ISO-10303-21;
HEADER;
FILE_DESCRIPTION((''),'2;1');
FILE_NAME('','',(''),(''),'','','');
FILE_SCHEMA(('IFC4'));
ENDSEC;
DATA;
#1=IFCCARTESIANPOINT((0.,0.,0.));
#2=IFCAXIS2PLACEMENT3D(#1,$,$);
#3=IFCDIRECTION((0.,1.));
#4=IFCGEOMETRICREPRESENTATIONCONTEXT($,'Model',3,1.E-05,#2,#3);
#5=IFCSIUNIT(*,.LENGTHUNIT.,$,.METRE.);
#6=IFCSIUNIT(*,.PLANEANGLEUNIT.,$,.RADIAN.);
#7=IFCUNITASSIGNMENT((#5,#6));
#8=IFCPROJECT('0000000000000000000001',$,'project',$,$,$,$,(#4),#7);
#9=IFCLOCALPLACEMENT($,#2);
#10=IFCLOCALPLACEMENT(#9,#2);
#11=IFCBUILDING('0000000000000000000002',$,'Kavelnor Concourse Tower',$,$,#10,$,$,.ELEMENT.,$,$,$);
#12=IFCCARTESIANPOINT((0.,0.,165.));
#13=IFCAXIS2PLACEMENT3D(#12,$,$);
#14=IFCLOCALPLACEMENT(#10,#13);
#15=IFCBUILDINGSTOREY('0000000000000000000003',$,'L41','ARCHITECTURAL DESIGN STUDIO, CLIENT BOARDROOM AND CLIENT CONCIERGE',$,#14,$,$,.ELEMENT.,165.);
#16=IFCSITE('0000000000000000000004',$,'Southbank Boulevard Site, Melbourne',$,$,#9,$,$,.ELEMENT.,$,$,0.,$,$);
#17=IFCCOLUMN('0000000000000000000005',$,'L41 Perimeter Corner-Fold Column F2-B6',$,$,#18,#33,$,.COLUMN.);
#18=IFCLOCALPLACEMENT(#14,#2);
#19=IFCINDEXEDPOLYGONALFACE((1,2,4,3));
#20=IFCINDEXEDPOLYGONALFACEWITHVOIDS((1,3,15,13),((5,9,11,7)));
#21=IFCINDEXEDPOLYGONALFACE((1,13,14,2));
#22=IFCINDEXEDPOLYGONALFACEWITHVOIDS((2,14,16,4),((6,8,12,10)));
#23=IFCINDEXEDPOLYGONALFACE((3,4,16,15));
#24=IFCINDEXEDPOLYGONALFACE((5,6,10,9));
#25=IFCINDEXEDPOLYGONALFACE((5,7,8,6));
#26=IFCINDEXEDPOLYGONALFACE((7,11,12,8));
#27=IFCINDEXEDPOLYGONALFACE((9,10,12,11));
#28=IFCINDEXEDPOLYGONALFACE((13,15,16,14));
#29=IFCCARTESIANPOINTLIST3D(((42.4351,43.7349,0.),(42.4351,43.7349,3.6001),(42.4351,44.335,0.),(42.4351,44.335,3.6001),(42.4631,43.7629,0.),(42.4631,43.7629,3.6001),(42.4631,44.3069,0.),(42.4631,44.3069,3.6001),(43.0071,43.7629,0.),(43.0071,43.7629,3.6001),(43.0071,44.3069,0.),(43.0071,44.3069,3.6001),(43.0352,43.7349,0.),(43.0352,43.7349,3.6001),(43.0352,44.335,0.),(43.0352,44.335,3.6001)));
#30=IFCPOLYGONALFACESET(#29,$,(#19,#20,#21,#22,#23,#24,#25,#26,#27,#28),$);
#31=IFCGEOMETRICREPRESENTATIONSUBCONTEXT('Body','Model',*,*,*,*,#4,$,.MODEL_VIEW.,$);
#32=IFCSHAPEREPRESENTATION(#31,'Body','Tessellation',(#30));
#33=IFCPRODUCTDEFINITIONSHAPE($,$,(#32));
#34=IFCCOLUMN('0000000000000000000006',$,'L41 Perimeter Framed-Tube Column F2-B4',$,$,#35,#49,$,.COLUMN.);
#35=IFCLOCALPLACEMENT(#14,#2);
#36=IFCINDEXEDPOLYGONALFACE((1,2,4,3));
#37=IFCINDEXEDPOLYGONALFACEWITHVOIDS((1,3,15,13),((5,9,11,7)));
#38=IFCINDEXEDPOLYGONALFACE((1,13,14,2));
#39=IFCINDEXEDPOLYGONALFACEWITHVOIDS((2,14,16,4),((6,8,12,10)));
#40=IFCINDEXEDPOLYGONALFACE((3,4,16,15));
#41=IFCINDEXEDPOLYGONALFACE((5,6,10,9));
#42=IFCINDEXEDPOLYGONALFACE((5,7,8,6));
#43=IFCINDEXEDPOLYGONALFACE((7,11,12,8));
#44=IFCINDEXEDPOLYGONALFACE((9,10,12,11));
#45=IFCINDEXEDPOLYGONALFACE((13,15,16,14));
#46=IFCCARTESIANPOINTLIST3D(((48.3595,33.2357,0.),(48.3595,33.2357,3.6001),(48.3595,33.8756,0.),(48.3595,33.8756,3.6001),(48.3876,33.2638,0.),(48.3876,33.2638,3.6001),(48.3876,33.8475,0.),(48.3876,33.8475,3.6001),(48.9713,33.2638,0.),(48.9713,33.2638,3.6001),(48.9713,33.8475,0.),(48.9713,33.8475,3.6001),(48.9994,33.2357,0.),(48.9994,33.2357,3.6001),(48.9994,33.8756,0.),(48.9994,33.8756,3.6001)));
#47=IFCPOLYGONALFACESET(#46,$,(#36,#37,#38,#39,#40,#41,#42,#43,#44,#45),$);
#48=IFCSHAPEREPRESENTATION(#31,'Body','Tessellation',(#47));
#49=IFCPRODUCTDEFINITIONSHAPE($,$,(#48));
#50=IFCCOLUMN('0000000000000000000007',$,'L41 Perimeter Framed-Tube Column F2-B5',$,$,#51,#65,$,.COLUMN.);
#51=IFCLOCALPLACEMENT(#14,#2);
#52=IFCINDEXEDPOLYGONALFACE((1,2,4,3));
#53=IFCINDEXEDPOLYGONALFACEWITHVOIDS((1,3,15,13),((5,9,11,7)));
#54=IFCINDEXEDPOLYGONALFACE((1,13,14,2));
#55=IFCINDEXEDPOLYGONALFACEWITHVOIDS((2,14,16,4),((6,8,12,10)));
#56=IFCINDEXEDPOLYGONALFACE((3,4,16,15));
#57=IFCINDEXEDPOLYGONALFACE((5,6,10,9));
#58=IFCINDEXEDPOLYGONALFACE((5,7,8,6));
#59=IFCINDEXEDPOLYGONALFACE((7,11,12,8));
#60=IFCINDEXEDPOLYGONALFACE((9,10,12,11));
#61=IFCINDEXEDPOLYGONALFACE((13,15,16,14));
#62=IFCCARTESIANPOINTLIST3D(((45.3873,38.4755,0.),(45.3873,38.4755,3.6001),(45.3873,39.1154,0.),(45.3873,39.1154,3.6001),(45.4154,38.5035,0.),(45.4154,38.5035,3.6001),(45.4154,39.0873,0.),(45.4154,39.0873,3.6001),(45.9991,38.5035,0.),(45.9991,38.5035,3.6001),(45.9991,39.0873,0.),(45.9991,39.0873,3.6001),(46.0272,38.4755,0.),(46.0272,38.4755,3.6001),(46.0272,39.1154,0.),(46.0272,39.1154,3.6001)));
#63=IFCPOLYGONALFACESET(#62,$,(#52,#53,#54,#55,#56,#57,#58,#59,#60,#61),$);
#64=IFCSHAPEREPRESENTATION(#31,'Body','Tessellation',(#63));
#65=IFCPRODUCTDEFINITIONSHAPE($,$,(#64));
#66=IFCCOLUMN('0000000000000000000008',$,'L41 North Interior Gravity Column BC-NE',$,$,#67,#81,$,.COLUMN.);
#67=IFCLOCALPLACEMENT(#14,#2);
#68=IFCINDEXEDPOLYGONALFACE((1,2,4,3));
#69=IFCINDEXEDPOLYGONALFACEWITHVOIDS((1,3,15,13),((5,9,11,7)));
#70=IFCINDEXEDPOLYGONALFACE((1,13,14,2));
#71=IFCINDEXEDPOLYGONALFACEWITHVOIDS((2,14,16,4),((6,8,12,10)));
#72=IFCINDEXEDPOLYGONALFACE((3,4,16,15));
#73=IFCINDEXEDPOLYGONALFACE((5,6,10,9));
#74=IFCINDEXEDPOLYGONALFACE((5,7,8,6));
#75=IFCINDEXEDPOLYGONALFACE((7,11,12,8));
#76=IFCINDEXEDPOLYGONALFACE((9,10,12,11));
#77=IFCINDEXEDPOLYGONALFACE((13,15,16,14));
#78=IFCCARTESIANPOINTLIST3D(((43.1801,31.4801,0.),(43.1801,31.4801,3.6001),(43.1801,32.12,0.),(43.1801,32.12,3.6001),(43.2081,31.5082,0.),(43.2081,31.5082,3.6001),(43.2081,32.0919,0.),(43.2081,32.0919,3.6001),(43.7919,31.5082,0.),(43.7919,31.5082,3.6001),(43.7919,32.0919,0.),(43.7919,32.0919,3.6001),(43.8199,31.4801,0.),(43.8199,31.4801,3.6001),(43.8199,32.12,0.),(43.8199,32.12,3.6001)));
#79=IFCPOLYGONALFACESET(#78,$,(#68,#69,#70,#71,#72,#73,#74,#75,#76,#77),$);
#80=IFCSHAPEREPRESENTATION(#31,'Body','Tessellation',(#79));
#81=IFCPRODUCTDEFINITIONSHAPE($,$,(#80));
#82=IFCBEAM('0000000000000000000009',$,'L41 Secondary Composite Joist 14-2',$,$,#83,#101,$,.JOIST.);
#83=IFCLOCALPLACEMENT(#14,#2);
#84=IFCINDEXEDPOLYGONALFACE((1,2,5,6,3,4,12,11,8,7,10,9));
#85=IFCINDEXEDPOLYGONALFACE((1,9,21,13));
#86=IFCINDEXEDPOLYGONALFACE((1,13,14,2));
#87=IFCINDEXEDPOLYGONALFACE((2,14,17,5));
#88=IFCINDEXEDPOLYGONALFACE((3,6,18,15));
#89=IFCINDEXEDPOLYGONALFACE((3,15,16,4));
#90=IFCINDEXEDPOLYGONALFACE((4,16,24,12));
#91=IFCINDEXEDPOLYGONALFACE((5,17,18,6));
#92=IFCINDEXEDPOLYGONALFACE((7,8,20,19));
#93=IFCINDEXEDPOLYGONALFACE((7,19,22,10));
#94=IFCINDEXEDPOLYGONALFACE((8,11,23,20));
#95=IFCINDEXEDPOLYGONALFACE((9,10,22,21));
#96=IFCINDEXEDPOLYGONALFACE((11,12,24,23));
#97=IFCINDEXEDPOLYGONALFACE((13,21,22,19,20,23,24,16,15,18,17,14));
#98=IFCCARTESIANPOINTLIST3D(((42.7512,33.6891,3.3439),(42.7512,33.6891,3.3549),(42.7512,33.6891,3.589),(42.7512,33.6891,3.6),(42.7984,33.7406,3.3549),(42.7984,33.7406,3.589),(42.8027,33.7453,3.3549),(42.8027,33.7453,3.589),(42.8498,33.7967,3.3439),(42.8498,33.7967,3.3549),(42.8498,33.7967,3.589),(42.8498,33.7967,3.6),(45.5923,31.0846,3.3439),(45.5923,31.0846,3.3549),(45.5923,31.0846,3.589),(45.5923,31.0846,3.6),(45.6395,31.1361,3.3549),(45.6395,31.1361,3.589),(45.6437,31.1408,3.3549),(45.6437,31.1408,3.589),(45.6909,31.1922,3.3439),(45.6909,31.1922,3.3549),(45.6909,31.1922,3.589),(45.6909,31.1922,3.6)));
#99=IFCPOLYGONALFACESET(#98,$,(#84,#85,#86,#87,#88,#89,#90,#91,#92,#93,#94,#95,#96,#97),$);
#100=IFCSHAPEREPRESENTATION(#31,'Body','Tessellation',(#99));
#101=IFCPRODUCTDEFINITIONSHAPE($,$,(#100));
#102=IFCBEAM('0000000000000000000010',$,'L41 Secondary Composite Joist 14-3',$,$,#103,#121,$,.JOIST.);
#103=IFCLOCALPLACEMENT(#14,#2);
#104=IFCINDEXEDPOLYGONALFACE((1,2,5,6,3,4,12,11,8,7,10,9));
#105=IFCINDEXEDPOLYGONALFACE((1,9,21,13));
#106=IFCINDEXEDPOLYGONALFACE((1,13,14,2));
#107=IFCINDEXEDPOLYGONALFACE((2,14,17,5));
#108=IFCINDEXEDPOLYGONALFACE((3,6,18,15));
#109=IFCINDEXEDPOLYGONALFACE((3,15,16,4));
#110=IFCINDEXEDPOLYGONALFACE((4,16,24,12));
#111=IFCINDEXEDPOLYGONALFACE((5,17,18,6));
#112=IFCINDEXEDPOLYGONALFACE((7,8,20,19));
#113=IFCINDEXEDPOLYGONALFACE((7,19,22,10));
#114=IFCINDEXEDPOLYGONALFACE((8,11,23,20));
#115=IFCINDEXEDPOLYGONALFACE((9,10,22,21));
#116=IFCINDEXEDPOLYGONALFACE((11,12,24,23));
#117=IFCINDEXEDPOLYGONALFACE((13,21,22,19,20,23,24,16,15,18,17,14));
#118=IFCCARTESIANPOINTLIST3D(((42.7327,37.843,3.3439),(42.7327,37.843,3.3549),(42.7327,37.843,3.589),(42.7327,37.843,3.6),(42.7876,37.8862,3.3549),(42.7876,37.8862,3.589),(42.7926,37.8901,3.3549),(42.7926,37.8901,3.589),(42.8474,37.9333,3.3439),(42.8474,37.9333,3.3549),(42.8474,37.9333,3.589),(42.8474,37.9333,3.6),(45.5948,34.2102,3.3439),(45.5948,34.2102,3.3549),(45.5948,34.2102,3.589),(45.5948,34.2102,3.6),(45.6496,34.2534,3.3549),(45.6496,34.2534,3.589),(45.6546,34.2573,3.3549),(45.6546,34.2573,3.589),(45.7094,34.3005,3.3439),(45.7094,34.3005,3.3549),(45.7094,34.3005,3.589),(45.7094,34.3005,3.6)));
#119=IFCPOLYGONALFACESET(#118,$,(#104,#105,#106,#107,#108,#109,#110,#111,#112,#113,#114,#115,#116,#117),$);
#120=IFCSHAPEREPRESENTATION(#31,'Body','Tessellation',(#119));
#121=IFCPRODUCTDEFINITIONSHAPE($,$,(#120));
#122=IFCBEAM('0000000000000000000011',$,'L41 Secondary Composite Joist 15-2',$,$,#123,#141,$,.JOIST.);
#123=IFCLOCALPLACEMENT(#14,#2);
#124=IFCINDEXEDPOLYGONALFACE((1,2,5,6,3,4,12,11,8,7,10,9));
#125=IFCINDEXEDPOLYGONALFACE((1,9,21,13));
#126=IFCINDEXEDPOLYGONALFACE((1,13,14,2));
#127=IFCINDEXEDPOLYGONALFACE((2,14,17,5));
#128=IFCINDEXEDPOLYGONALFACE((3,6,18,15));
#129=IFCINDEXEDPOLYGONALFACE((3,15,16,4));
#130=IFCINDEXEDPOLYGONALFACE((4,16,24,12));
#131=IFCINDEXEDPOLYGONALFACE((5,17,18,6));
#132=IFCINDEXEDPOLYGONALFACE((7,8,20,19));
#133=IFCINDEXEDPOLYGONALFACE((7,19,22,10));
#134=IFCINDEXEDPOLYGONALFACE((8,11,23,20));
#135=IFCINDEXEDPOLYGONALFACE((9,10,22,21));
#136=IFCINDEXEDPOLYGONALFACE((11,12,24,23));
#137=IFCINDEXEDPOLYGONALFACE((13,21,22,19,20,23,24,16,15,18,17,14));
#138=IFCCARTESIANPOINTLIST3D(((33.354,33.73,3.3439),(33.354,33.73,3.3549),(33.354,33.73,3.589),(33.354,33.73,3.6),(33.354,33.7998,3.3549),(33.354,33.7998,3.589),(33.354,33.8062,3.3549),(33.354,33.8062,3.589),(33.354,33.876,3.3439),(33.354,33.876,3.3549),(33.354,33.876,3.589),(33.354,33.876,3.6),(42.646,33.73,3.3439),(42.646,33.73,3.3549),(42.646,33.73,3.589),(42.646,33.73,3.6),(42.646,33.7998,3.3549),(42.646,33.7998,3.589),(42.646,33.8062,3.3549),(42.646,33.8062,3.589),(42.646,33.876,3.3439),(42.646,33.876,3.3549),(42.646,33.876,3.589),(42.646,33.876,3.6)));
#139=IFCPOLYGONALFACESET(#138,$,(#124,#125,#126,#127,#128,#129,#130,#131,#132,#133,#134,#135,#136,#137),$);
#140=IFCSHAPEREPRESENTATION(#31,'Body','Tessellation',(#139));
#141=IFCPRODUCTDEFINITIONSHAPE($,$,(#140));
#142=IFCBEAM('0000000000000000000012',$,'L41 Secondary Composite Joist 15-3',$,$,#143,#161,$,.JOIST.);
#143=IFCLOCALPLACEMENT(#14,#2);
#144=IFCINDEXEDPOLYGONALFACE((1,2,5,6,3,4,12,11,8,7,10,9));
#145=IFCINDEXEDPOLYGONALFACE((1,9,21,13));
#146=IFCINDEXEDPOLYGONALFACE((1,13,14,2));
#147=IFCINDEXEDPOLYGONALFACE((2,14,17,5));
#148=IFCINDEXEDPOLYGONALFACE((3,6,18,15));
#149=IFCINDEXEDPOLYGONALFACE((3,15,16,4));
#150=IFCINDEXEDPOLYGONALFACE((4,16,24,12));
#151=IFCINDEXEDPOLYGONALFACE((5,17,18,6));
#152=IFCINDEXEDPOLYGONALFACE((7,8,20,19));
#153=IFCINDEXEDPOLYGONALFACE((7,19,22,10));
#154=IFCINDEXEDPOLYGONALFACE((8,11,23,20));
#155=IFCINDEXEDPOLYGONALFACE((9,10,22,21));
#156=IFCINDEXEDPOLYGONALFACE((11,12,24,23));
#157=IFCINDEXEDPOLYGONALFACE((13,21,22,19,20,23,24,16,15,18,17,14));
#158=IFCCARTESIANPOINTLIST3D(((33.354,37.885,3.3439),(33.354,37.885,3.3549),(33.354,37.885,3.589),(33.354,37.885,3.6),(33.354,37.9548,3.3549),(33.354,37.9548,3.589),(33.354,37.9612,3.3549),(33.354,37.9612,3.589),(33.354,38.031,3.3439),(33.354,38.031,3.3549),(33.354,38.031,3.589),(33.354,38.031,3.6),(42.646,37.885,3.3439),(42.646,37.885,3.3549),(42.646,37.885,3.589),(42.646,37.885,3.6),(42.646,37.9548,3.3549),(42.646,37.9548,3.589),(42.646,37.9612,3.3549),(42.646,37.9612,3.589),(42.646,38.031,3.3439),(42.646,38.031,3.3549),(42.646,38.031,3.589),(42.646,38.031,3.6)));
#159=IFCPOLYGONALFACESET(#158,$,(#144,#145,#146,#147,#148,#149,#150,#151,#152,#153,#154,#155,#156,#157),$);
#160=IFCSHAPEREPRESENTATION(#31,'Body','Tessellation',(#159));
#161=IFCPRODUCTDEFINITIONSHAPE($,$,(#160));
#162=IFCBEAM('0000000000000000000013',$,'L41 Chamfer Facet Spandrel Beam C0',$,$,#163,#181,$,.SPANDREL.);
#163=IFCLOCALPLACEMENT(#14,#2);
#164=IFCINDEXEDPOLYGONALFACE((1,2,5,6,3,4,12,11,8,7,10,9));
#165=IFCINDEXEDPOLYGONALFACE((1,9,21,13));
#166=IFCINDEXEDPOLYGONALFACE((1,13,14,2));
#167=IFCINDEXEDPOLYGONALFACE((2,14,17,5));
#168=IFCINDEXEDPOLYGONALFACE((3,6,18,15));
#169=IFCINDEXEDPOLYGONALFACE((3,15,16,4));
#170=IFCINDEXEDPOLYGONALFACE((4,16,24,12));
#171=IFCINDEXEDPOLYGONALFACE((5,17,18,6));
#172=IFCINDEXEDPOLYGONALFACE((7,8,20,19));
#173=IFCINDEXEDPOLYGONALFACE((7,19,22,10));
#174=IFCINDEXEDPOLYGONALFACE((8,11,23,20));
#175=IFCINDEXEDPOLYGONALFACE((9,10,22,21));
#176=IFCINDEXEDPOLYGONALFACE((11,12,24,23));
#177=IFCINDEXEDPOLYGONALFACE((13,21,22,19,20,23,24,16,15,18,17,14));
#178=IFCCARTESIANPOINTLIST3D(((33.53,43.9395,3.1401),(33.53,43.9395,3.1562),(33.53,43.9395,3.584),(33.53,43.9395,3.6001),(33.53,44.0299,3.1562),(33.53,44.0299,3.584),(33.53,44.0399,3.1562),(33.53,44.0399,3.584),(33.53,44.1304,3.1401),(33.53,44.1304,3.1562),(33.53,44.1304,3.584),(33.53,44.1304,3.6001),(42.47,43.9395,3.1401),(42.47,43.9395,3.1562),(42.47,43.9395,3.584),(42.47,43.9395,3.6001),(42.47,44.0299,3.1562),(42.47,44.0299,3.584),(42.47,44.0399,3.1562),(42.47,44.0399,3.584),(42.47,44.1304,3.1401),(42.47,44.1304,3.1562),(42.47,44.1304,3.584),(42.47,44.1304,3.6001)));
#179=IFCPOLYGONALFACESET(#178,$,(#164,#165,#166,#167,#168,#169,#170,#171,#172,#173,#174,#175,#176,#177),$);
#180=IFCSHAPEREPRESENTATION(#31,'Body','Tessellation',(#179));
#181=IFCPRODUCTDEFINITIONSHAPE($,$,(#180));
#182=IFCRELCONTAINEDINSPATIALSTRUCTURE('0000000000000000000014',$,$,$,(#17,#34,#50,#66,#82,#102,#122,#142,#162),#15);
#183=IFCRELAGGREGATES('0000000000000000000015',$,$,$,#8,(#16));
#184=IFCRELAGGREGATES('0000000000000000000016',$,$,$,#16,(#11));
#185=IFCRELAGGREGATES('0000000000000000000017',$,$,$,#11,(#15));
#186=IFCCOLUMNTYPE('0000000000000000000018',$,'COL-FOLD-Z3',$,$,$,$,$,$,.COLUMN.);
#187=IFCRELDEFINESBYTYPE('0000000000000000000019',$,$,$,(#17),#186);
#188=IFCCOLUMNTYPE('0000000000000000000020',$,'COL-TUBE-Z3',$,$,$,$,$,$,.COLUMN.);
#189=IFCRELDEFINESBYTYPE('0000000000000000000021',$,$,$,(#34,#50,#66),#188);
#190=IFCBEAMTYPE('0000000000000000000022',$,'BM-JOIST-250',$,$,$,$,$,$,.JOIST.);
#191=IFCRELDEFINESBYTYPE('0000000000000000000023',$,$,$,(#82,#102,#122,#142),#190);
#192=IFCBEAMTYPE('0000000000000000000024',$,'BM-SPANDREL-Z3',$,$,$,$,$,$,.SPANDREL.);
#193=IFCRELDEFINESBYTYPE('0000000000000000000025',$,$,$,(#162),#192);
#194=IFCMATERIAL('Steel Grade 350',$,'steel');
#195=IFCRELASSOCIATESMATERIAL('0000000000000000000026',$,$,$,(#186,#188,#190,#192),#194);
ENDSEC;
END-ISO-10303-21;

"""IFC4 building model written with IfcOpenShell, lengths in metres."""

from ifc_helpers import new_model, si_unit, direction, frame, origin, origin_2d, place, context, subcontext, project, spatial, hollow_rectangle, i_section, extrude, material, material_profile, profile_set, type_object, element, save


model = new_model("IFC4")

# Units and contexts
model_context = context("Model", 3, precision=1e-05, world=origin(), true_north=direction((0.0, 1.0)))
body_context = subcontext(model_context, "Body", "Model", "MODEL_VIEW")
ifc_project = project(units=[si_unit("LENGTHUNIT", "METRE"), si_unit("PLANEANGLEUNIT", "RADIAN")], contexts=[model_context])

# Site, building, storey
site_placement = place(None, origin())
site = spatial("IfcSite", under=ifc_project, at=site_placement, Name="Southbank Boulevard Site, Melbourne", CompositionType="ELEMENT", RefElevation=0.0)
building_placement = place(site_placement, origin())
building = spatial("IfcBuilding", under=site, at=building_placement, Name="Kavelnor Concourse Tower", CompositionType="ELEMENT")
storey_placement = place(building_placement, frame((0.0, 0.0, 165.0)))
storey = spatial("IfcBuildingStorey", under=building, at=storey_placement, Name="L41", Description="ARCHITECTURAL DESIGN STUDIO, CLIENT BOARDROOM AND CLIENT CONCIERGE", CompositionType="ELEMENT", Elevation=165.0)

# Columns
ifc_material_1 = material(Name="Steel Grade 350", Category="steel")
ifc_material_profile_1 = material_profile(ifc_material_1, hollow_rectangle(XDim=0.6001, YDim=0.6001, WallThickness=0.0281, at=origin_2d()), Name="SHS 600x600x28")
ifc_profile_set_1 = profile_set([ifc_material_profile_1], Name="Steel Grade 350")
column_type_1 = type_object("IfcColumnType", Name="COL-FOLD-Z3", PredefinedType="COLUMN", material=ifc_profile_set_1)
column_placement = place(storey_placement, frame((42.7351, 44.0349, 0.0), z_axis=(0.0, 0.0, 1.0), x_axis=(1.0, 0.0, 0.0)))
element("IfcColumn", 1, at=column_placement, inside=storey, type_object=column_type_1, Name="L41 Perimeter Corner-Fold Column F2-B6", PredefinedType="COLUMN", context=body_context, shape_type="SweptSolid", body=[
    extrude(hollow_rectangle(XDim=0.6001, YDim=0.6001, WallThickness=0.0281, at=origin_2d()), origin(), (0.0, 0.0, 1.0), 3.6001),
])
ifc_material_profile_2 = material_profile(ifc_material_1, hollow_rectangle(XDim=0.6399, YDim=0.6399, WallThickness=0.0281, at=origin_2d()), Name="SHS 640x640x28")
ifc_profile_set_2 = profile_set([ifc_material_profile_2], Name="Steel Grade 350")
column_type_2 = type_object("IfcColumnType", Name="COL-TUBE-Z3", PredefinedType="COLUMN", material=ifc_profile_set_2)
for number, where, z_axis, x_axis, name in (
    (2, (48.6794, 33.5557, 0.0), (0.0, 0.0, 1.0), (1.0, 0.0, 0.0), "L41 Perimeter Framed-Tube Column F2-B4"),
    (3, (45.7073, 38.7954, 0.0), (0.0, 0.0, 1.0), (1.0, 0.0, 0.0), "L41 Perimeter Framed-Tube Column F2-B5"),
    (4, (43.5, 31.8, 0.0), (0.0, 0.0, 1.0), (1.0, 0.0, 0.0), "L41 North Interior Gravity Column BC-NE"),
):
    element("IfcColumn", number, at=place(storey_placement, frame(where, z_axis=z_axis, x_axis=x_axis)), inside=storey, type_object=column_type_2, Name=name, PredefinedType="COLUMN", context=body_context, shape_type="SweptSolid", body=[
        extrude(hollow_rectangle(XDim=0.6399, YDim=0.6399, WallThickness=0.0281, at=origin_2d()), origin(), (0.0, 0.0, 1.0), 3.6001),
    ])

# Beams
ifc_material_profile_3 = material_profile(ifc_material_1, i_section(OverallWidth=0.146, OverallDepth=0.2561, WebThickness=0.0063, FlangeThickness=0.011, at=origin_2d()), Name="250UB37")
ifc_profile_set_3 = profile_set([ifc_material_profile_3], Name="Steel Grade 350")
beam_type_1 = type_object("IfcBeamType", Name="BM-JOIST-250", PredefinedType="JOIST", material=ifc_profile_set_3)
beam_1_placement = place(storey_placement, frame((45.6416, 31.1384, 3.4719), z_axis=(-0.73713, 0.67575, 0.0), x_axis=(-0.67575, -0.73713, 0.0)))
element("IfcBeam", 5, at=beam_1_placement, inside=storey, type_object=beam_type_1, Name="L41 Secondary Composite Joist 14-2", PredefinedType="JOIST", context=body_context, shape_type="SweptSolid", body=[
    extrude(i_section(OverallWidth=0.146, OverallDepth=0.2561, WebThickness=0.0063, FlangeThickness=0.011, at=origin_2d()), origin(), (0.0, 0.0, 1.0), 3.8542),
])
beam_2_placement = place(storey_placement, frame((45.6521, 34.2554, 3.4719), z_axis=(-0.618851, 0.785508, 0.0), x_axis=(-0.785508, -0.618851, 0.0)))
element("IfcBeam", 6, at=beam_2_placement, inside=storey, type_object=beam_type_1, Name="L41 Secondary Composite Joist 14-3", PredefinedType="JOIST", context=body_context, shape_type="SweptSolid", body=[
    extrude(i_section(OverallWidth=0.146, OverallDepth=0.2561, WebThickness=0.0063, FlangeThickness=0.011, at=origin_2d()), origin(), (0.0, 0.0, 1.0), 4.6248),
])
for number, where, z_axis, x_axis, name in (
    (7, (42.646, 33.803, 3.4719), (-1.0, 0.0, 0.0), (0.0, -1.0, 0.0), "L41 Secondary Composite Joist 15-2"),
    (8, (42.646, 37.958, 3.4719), (-1.0, 0.0, 0.0), (0.0, -1.0, 0.0), "L41 Secondary Composite Joist 15-3"),
):
    element("IfcBeam", number, at=place(storey_placement, frame(where, z_axis=z_axis, x_axis=x_axis)), inside=storey, type_object=beam_type_1, Name=name, PredefinedType="JOIST", context=body_context, shape_type="SweptSolid", body=[
        extrude(i_section(OverallWidth=0.146, OverallDepth=0.2561, WebThickness=0.0063, FlangeThickness=0.011, at=origin_2d()), origin(), (0.0, 0.0, 1.0), 9.292),
    ])
ifc_material_profile_4 = material_profile(ifc_material_1, i_section(OverallWidth=0.1909, OverallDepth=0.46, WebThickness=0.01, FlangeThickness=0.0161, at=origin_2d()), Name="460UB82")
ifc_profile_set_4 = profile_set([ifc_material_profile_4], Name="Steel Grade 350")
beam_type_2 = type_object("IfcBeamType", Name="BM-SPANDREL-Z3", PredefinedType="SPANDREL", material=ifc_profile_set_4)
beam_3_placement = place(storey_placement, frame((42.47, 44.0349, 3.3701), z_axis=(-1.0, 0.0, 0.0), x_axis=(0.0, -1.0, 0.0)))
element("IfcBeam", 9, at=beam_3_placement, inside=storey, type_object=beam_type_2, Name="L41 Chamfer Facet Spandrel Beam C0", PredefinedType="SPANDREL", context=body_context, shape_type="SweptSolid", body=[
    extrude(i_section(OverallWidth=0.1909, OverallDepth=0.46, WebThickness=0.01, FlangeThickness=0.0161, at=origin_2d()), origin(), (0.0, 0.0, 1.0), 8.9399),
])

save(model, "model.ifc")
